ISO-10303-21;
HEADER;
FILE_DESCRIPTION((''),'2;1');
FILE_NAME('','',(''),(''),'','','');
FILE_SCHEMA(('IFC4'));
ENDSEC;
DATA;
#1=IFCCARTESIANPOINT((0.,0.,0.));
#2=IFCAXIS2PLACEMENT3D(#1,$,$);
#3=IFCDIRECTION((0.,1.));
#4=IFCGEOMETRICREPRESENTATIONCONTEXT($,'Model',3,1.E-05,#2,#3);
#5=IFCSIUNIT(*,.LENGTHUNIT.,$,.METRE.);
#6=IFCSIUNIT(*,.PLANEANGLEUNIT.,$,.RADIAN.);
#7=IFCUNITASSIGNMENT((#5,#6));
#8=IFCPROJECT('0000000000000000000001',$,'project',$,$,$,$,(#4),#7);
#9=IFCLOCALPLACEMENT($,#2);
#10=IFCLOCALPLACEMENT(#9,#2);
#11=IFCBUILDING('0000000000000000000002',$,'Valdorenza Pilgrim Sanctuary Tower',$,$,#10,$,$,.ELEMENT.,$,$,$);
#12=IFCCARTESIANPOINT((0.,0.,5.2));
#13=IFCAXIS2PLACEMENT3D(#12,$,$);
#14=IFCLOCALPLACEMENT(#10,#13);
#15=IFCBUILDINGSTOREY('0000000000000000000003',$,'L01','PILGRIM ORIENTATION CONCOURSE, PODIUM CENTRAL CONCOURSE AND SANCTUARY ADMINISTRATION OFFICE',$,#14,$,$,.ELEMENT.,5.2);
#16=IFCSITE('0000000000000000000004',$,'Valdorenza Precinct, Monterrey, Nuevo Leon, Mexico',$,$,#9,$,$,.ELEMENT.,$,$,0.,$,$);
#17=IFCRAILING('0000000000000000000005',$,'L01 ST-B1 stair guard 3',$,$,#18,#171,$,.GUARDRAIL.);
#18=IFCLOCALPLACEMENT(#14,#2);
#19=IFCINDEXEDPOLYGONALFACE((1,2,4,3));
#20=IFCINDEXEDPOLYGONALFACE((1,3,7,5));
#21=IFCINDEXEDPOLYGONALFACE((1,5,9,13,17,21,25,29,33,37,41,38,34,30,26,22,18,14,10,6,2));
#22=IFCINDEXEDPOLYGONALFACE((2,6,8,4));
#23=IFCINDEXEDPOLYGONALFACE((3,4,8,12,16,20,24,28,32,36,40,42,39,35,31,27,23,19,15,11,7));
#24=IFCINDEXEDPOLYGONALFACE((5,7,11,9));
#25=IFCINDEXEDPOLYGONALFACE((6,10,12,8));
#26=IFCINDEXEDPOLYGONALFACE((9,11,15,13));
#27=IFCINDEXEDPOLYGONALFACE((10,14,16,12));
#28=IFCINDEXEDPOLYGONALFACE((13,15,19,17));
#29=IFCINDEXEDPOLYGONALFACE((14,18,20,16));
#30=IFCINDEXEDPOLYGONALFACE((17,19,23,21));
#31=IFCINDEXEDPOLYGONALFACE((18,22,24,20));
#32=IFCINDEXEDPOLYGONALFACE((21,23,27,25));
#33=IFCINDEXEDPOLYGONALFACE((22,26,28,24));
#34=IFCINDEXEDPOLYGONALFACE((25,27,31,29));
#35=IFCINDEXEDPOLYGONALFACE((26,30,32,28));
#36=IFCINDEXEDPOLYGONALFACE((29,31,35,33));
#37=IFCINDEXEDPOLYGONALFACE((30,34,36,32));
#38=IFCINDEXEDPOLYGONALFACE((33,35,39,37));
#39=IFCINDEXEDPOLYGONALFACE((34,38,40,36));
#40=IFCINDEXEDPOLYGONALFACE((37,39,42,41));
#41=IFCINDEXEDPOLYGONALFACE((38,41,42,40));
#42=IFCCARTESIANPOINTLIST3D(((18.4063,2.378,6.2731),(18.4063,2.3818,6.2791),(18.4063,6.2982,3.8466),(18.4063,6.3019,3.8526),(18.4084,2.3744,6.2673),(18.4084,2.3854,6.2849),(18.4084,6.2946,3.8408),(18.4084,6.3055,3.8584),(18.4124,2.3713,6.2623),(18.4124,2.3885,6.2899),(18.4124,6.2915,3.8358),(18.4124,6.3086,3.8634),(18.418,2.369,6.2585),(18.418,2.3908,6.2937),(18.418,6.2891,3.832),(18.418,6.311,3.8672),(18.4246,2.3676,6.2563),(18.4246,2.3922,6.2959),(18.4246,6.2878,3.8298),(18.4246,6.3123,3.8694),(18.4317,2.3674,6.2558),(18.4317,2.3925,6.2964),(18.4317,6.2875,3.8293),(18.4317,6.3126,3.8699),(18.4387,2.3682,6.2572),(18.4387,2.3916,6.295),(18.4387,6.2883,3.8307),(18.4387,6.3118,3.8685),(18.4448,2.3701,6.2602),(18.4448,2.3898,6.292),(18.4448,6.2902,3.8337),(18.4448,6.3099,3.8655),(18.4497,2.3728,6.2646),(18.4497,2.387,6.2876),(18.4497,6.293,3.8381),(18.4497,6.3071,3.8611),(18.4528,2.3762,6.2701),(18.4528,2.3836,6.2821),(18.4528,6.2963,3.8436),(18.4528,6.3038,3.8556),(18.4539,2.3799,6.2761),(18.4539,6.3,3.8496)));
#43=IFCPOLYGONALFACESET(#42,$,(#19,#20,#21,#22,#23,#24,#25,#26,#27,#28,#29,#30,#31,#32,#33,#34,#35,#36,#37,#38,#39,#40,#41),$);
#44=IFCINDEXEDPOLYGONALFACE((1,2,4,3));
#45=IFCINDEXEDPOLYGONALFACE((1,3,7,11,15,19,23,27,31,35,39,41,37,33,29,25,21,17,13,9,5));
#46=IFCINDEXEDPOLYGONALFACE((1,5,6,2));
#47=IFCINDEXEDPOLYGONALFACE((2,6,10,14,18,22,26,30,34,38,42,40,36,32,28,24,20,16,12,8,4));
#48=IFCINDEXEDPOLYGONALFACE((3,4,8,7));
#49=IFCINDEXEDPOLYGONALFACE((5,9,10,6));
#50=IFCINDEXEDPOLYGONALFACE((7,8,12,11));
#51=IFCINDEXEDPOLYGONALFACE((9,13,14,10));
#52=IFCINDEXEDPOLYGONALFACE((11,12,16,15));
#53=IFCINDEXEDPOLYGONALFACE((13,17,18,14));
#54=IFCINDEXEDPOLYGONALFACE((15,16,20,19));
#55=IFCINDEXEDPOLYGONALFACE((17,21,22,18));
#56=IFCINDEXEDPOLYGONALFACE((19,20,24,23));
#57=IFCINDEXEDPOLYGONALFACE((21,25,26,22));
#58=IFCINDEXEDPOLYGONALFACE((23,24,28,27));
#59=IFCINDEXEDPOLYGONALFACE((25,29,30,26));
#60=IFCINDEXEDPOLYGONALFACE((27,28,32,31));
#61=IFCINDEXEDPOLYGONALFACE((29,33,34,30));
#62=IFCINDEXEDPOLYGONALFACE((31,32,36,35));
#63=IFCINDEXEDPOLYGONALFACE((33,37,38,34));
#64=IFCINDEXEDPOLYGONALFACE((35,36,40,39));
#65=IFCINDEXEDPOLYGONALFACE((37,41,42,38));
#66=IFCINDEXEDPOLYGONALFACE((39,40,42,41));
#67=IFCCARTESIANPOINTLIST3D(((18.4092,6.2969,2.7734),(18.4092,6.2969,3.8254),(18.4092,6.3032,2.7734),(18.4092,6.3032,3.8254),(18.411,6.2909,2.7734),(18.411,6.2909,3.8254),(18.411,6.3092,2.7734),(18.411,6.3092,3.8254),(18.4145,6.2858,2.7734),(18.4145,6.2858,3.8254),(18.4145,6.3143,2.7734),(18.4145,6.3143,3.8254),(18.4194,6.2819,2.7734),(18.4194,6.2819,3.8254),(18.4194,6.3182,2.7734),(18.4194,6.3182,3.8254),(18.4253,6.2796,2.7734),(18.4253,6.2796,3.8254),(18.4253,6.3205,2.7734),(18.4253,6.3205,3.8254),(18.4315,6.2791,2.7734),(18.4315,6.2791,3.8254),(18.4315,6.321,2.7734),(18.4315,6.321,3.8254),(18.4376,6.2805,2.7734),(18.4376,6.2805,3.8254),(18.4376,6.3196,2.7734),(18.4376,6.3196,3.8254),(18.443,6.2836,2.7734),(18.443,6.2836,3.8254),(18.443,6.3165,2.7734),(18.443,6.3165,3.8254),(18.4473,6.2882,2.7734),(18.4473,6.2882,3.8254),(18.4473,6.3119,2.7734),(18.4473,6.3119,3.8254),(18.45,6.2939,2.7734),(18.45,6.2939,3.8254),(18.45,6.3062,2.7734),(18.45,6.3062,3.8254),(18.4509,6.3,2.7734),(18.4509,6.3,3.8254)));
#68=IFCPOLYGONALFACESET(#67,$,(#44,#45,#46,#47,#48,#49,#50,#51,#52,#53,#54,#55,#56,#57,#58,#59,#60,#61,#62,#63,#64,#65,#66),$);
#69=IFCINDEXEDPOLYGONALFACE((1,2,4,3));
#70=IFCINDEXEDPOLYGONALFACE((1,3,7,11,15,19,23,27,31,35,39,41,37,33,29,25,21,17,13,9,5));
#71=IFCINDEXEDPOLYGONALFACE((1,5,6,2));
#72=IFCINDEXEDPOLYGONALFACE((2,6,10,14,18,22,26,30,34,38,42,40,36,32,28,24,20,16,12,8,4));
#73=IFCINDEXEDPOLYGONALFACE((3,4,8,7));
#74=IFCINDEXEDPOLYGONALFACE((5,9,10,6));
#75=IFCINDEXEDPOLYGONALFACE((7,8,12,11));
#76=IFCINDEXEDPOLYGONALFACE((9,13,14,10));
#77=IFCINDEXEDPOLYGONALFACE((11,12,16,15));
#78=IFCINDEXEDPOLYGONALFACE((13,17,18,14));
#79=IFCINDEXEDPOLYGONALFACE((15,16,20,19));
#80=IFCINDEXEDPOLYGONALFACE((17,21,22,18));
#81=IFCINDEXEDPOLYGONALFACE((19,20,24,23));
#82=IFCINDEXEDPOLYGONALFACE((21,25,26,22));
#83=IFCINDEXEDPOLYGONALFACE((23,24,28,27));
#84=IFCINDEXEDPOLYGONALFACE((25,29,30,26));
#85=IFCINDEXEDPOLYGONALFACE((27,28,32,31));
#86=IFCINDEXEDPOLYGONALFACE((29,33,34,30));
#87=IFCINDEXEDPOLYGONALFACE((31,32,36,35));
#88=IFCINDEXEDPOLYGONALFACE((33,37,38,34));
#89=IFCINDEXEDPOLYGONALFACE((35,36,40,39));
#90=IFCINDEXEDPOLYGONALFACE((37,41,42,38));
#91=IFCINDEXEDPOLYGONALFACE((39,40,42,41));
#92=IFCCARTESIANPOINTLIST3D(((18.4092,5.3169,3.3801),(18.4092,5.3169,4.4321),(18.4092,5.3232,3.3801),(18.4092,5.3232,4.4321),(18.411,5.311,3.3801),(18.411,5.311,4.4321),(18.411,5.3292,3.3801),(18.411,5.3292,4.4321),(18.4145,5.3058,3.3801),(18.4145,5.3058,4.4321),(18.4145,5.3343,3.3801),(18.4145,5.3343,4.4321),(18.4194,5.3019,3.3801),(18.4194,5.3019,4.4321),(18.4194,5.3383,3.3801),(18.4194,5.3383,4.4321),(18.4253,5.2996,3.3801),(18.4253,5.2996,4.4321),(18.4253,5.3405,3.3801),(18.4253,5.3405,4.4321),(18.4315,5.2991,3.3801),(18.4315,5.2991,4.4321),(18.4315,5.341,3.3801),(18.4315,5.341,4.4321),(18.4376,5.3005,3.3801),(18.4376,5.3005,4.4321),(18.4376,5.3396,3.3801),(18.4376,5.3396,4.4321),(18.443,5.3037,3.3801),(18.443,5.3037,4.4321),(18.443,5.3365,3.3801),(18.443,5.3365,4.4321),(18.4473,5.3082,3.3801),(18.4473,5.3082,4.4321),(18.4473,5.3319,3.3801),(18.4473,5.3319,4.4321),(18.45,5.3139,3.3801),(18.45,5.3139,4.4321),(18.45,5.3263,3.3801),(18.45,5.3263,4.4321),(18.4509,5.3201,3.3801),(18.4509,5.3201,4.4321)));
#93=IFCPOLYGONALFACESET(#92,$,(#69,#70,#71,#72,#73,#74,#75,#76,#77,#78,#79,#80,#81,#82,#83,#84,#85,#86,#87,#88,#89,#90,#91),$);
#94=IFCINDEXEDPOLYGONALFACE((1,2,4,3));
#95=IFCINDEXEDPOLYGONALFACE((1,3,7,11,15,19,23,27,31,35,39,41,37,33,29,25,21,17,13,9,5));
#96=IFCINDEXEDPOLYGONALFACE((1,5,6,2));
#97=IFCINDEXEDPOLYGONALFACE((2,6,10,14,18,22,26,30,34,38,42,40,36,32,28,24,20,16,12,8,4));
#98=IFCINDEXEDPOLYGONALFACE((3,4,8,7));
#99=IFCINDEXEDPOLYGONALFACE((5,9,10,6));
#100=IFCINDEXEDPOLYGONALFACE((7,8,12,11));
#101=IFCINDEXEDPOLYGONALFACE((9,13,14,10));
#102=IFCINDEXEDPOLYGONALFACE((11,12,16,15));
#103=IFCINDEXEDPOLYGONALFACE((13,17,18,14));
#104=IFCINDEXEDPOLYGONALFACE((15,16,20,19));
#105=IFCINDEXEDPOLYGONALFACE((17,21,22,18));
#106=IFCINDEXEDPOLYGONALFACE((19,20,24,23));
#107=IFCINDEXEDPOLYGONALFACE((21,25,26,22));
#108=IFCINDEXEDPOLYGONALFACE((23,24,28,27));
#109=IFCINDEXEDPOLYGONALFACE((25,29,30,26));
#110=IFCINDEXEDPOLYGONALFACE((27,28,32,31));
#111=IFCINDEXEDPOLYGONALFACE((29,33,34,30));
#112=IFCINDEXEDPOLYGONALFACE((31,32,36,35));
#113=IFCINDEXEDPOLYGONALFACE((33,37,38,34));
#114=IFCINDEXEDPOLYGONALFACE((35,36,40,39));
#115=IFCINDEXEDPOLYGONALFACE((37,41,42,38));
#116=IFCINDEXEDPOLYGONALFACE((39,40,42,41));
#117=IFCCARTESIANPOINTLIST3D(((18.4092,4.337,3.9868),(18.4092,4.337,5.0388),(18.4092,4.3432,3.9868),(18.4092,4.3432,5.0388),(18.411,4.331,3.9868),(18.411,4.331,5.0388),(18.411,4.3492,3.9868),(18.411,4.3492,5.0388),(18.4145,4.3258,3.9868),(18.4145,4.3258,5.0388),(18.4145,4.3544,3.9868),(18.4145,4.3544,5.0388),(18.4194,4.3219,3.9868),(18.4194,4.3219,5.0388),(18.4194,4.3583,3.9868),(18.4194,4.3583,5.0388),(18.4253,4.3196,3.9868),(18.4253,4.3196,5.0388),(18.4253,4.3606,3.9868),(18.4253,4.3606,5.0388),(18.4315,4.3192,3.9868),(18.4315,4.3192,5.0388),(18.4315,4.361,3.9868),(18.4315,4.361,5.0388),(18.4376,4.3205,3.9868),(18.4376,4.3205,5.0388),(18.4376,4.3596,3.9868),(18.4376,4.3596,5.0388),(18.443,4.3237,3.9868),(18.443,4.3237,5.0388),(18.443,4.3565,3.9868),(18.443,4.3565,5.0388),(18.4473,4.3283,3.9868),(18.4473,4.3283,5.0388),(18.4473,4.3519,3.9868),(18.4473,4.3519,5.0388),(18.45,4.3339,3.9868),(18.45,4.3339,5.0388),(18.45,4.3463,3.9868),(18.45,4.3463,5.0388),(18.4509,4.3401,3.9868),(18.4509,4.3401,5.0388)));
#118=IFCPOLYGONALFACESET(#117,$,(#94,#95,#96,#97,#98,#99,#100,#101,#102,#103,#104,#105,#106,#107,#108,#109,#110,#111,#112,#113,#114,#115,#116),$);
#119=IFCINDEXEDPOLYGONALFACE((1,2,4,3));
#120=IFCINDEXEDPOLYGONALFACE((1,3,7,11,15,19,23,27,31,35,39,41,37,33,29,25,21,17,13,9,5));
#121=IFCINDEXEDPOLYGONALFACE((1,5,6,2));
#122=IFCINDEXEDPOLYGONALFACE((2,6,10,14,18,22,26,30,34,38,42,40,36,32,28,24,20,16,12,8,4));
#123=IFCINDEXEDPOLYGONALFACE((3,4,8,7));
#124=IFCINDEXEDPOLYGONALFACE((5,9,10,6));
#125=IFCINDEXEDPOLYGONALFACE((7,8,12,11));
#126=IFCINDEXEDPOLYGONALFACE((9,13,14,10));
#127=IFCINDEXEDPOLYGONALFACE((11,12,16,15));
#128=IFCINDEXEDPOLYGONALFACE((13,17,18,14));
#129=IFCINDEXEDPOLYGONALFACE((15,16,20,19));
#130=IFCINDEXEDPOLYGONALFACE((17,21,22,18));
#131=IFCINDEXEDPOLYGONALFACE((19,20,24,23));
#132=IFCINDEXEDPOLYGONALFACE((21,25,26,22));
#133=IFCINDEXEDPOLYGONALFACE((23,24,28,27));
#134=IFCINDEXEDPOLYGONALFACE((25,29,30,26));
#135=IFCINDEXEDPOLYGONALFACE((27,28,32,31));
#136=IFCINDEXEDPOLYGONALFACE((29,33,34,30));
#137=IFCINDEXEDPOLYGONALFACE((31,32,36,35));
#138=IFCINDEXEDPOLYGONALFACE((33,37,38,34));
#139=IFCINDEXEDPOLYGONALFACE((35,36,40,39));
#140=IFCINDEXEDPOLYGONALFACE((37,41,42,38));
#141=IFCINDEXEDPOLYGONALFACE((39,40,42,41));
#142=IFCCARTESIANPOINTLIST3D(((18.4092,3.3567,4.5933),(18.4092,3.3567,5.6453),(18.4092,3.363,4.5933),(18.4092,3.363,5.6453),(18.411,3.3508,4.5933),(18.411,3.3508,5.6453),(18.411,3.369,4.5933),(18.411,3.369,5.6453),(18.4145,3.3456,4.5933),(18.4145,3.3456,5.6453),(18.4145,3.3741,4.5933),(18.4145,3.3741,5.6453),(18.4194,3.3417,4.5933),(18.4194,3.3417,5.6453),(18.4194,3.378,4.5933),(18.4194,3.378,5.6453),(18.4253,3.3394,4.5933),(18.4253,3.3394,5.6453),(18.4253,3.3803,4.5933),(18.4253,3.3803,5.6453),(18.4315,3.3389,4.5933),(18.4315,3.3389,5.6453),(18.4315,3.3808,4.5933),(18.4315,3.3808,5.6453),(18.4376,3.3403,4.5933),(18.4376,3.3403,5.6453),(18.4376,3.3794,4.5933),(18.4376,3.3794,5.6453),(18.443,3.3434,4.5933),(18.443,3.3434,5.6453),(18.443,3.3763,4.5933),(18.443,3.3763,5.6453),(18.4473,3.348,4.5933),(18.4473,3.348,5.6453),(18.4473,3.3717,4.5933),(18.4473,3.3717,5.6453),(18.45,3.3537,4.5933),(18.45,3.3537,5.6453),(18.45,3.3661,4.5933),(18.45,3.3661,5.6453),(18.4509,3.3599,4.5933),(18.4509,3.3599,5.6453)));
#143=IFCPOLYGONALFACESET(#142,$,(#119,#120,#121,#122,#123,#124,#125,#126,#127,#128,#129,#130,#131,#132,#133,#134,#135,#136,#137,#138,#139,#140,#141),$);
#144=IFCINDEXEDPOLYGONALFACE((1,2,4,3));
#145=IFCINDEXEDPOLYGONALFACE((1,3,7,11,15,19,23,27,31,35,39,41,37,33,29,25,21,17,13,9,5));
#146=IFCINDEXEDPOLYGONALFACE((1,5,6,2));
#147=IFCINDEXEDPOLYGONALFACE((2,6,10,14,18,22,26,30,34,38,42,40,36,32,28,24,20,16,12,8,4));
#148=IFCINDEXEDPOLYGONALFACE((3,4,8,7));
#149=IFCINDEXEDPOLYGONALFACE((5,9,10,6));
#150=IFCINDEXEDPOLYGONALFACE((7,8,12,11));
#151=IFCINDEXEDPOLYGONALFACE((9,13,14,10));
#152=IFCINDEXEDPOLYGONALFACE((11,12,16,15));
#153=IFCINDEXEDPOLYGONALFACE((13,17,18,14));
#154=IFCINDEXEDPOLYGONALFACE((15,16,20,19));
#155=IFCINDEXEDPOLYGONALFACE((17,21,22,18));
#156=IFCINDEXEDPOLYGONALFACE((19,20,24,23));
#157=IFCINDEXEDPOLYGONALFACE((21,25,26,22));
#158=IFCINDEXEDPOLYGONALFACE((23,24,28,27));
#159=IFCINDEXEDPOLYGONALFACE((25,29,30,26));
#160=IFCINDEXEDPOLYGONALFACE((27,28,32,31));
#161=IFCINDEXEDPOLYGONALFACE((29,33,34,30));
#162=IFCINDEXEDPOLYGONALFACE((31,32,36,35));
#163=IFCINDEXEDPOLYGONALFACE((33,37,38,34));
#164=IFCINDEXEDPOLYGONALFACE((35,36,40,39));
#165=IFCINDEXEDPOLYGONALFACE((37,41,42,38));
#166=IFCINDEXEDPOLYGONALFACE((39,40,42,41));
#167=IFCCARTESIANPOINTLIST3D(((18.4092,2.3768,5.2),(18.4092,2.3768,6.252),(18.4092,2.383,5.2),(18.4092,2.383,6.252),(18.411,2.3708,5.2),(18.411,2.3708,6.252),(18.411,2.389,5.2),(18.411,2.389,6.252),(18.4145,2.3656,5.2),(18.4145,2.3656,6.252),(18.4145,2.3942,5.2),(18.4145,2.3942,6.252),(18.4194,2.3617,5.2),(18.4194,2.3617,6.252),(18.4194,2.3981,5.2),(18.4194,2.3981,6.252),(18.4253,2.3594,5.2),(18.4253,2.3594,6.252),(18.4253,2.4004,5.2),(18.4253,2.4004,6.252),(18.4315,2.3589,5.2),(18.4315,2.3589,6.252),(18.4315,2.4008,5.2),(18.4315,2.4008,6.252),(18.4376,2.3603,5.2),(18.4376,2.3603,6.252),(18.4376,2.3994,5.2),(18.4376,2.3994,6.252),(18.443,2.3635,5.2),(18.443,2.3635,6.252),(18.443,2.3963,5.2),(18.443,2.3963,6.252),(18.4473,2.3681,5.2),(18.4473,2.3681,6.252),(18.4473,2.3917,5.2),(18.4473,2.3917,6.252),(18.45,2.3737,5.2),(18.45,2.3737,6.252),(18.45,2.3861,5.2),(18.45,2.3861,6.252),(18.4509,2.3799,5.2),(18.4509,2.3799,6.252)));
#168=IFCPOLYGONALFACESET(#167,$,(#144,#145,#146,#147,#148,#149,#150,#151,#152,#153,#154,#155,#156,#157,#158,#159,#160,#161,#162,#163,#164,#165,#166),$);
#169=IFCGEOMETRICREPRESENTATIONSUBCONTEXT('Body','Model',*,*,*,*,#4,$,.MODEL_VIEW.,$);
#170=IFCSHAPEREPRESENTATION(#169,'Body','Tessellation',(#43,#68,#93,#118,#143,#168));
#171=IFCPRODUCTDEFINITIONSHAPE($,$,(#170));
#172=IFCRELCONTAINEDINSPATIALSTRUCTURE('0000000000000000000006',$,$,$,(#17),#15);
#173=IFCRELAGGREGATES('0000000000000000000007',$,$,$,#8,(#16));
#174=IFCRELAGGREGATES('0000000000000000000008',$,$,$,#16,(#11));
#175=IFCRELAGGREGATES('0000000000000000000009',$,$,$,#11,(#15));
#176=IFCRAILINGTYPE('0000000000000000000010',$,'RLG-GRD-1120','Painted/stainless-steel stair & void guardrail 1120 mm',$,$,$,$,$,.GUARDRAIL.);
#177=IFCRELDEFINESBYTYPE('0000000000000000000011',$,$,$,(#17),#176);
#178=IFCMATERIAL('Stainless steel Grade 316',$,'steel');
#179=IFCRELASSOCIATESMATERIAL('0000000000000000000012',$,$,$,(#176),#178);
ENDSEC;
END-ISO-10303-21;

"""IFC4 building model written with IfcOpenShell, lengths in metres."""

from ifc_helpers import new_model, si_unit, direction, frame, origin, origin_2d, place, context, subcontext, project, spatial, circle, extrude, material, type_object, element, save


model = new_model("IFC4")

# Units and contexts
model_context = context("Model", 3, precision=1e-05, world=origin(), true_north=direction((0.0, 1.0)))
body_context = subcontext(model_context, "Body", "Model", "MODEL_VIEW")
ifc_project = project(units=[si_unit("LENGTHUNIT", "METRE"), si_unit("PLANEANGLEUNIT", "RADIAN")], contexts=[model_context])

# Site, building, storey
site_placement = place(None, origin())
site = spatial("IfcSite", under=ifc_project, at=site_placement, Name="Valdorenza Precinct, Monterrey, Nuevo Leon, Mexico", CompositionType="ELEMENT", RefElevation=0.0)
building_placement = place(site_placement, origin())
building = spatial("IfcBuilding", under=site, at=building_placement, Name="Valdorenza Pilgrim Sanctuary Tower", CompositionType="ELEMENT")
storey_placement = place(building_placement, frame((0.0, 0.0, 5.2)))
storey = spatial("IfcBuildingStorey", under=building, at=storey_placement, Name="L01", Description="PILGRIM ORIENTATION CONCOURSE, PODIUM CENTRAL CONCOURSE AND SANCTUARY ADMINISTRATION OFFICE", CompositionType="ELEMENT", Elevation=5.2)

# Railing
ifc_material_1 = material(Name="Stainless steel Grade 316", Category="steel")
railing_type_1 = type_object("IfcRailingType", Name="RLG-GRD-1120", Description="Painted/stainless-steel stair & void guardrail 1120 mm", PredefinedType="GUARDRAIL", material=ifc_material_1)
railing_1_placement = place(storey_placement, frame((18.4299, 6.3, 2.7734)))
element("IfcRailing", 1, at=railing_1_placement, inside=storey, type_object=railing_type_1, Name="L01 ST-B1 stair guard 3", PredefinedType="GUARDRAIL", context=body_context, shape_type="SweptSolid", body=[
    extrude(circle(Radius=0.0239, at=origin_2d()), frame((0.0, 0.0, 1.0762), z_axis=(0.0, -0.85029, 0.526315), x_axis=(1.0, 0.0, 0.0)), (0.0, 0.0, 1.0), 4.6104),
    extrude(circle(Radius=0.021, at=origin_2d()), origin(), (0.0, 0.0, 1.0), 1.052),
    extrude(circle(Radius=0.021, at=origin_2d()), frame((0.0, -0.98, 0.6067)), (0.0, 0.0, 1.0), 1.052),
    extrude(circle(Radius=0.021, at=origin_2d()), frame((0.0, -1.96, 1.2134)), (0.0, 0.0, 1.0), 1.052),
    extrude(circle(Radius=0.021, at=origin_2d()), frame((0.0, -2.9402, 1.8198)), (0.0, 0.0, 1.0), 1.052),
    extrude(circle(Radius=0.021, at=origin_2d()), frame((0.0, -3.9202, 2.4265)), (0.0, 0.0, 1.0), 1.052),
])

save(model, "model.ifc")
